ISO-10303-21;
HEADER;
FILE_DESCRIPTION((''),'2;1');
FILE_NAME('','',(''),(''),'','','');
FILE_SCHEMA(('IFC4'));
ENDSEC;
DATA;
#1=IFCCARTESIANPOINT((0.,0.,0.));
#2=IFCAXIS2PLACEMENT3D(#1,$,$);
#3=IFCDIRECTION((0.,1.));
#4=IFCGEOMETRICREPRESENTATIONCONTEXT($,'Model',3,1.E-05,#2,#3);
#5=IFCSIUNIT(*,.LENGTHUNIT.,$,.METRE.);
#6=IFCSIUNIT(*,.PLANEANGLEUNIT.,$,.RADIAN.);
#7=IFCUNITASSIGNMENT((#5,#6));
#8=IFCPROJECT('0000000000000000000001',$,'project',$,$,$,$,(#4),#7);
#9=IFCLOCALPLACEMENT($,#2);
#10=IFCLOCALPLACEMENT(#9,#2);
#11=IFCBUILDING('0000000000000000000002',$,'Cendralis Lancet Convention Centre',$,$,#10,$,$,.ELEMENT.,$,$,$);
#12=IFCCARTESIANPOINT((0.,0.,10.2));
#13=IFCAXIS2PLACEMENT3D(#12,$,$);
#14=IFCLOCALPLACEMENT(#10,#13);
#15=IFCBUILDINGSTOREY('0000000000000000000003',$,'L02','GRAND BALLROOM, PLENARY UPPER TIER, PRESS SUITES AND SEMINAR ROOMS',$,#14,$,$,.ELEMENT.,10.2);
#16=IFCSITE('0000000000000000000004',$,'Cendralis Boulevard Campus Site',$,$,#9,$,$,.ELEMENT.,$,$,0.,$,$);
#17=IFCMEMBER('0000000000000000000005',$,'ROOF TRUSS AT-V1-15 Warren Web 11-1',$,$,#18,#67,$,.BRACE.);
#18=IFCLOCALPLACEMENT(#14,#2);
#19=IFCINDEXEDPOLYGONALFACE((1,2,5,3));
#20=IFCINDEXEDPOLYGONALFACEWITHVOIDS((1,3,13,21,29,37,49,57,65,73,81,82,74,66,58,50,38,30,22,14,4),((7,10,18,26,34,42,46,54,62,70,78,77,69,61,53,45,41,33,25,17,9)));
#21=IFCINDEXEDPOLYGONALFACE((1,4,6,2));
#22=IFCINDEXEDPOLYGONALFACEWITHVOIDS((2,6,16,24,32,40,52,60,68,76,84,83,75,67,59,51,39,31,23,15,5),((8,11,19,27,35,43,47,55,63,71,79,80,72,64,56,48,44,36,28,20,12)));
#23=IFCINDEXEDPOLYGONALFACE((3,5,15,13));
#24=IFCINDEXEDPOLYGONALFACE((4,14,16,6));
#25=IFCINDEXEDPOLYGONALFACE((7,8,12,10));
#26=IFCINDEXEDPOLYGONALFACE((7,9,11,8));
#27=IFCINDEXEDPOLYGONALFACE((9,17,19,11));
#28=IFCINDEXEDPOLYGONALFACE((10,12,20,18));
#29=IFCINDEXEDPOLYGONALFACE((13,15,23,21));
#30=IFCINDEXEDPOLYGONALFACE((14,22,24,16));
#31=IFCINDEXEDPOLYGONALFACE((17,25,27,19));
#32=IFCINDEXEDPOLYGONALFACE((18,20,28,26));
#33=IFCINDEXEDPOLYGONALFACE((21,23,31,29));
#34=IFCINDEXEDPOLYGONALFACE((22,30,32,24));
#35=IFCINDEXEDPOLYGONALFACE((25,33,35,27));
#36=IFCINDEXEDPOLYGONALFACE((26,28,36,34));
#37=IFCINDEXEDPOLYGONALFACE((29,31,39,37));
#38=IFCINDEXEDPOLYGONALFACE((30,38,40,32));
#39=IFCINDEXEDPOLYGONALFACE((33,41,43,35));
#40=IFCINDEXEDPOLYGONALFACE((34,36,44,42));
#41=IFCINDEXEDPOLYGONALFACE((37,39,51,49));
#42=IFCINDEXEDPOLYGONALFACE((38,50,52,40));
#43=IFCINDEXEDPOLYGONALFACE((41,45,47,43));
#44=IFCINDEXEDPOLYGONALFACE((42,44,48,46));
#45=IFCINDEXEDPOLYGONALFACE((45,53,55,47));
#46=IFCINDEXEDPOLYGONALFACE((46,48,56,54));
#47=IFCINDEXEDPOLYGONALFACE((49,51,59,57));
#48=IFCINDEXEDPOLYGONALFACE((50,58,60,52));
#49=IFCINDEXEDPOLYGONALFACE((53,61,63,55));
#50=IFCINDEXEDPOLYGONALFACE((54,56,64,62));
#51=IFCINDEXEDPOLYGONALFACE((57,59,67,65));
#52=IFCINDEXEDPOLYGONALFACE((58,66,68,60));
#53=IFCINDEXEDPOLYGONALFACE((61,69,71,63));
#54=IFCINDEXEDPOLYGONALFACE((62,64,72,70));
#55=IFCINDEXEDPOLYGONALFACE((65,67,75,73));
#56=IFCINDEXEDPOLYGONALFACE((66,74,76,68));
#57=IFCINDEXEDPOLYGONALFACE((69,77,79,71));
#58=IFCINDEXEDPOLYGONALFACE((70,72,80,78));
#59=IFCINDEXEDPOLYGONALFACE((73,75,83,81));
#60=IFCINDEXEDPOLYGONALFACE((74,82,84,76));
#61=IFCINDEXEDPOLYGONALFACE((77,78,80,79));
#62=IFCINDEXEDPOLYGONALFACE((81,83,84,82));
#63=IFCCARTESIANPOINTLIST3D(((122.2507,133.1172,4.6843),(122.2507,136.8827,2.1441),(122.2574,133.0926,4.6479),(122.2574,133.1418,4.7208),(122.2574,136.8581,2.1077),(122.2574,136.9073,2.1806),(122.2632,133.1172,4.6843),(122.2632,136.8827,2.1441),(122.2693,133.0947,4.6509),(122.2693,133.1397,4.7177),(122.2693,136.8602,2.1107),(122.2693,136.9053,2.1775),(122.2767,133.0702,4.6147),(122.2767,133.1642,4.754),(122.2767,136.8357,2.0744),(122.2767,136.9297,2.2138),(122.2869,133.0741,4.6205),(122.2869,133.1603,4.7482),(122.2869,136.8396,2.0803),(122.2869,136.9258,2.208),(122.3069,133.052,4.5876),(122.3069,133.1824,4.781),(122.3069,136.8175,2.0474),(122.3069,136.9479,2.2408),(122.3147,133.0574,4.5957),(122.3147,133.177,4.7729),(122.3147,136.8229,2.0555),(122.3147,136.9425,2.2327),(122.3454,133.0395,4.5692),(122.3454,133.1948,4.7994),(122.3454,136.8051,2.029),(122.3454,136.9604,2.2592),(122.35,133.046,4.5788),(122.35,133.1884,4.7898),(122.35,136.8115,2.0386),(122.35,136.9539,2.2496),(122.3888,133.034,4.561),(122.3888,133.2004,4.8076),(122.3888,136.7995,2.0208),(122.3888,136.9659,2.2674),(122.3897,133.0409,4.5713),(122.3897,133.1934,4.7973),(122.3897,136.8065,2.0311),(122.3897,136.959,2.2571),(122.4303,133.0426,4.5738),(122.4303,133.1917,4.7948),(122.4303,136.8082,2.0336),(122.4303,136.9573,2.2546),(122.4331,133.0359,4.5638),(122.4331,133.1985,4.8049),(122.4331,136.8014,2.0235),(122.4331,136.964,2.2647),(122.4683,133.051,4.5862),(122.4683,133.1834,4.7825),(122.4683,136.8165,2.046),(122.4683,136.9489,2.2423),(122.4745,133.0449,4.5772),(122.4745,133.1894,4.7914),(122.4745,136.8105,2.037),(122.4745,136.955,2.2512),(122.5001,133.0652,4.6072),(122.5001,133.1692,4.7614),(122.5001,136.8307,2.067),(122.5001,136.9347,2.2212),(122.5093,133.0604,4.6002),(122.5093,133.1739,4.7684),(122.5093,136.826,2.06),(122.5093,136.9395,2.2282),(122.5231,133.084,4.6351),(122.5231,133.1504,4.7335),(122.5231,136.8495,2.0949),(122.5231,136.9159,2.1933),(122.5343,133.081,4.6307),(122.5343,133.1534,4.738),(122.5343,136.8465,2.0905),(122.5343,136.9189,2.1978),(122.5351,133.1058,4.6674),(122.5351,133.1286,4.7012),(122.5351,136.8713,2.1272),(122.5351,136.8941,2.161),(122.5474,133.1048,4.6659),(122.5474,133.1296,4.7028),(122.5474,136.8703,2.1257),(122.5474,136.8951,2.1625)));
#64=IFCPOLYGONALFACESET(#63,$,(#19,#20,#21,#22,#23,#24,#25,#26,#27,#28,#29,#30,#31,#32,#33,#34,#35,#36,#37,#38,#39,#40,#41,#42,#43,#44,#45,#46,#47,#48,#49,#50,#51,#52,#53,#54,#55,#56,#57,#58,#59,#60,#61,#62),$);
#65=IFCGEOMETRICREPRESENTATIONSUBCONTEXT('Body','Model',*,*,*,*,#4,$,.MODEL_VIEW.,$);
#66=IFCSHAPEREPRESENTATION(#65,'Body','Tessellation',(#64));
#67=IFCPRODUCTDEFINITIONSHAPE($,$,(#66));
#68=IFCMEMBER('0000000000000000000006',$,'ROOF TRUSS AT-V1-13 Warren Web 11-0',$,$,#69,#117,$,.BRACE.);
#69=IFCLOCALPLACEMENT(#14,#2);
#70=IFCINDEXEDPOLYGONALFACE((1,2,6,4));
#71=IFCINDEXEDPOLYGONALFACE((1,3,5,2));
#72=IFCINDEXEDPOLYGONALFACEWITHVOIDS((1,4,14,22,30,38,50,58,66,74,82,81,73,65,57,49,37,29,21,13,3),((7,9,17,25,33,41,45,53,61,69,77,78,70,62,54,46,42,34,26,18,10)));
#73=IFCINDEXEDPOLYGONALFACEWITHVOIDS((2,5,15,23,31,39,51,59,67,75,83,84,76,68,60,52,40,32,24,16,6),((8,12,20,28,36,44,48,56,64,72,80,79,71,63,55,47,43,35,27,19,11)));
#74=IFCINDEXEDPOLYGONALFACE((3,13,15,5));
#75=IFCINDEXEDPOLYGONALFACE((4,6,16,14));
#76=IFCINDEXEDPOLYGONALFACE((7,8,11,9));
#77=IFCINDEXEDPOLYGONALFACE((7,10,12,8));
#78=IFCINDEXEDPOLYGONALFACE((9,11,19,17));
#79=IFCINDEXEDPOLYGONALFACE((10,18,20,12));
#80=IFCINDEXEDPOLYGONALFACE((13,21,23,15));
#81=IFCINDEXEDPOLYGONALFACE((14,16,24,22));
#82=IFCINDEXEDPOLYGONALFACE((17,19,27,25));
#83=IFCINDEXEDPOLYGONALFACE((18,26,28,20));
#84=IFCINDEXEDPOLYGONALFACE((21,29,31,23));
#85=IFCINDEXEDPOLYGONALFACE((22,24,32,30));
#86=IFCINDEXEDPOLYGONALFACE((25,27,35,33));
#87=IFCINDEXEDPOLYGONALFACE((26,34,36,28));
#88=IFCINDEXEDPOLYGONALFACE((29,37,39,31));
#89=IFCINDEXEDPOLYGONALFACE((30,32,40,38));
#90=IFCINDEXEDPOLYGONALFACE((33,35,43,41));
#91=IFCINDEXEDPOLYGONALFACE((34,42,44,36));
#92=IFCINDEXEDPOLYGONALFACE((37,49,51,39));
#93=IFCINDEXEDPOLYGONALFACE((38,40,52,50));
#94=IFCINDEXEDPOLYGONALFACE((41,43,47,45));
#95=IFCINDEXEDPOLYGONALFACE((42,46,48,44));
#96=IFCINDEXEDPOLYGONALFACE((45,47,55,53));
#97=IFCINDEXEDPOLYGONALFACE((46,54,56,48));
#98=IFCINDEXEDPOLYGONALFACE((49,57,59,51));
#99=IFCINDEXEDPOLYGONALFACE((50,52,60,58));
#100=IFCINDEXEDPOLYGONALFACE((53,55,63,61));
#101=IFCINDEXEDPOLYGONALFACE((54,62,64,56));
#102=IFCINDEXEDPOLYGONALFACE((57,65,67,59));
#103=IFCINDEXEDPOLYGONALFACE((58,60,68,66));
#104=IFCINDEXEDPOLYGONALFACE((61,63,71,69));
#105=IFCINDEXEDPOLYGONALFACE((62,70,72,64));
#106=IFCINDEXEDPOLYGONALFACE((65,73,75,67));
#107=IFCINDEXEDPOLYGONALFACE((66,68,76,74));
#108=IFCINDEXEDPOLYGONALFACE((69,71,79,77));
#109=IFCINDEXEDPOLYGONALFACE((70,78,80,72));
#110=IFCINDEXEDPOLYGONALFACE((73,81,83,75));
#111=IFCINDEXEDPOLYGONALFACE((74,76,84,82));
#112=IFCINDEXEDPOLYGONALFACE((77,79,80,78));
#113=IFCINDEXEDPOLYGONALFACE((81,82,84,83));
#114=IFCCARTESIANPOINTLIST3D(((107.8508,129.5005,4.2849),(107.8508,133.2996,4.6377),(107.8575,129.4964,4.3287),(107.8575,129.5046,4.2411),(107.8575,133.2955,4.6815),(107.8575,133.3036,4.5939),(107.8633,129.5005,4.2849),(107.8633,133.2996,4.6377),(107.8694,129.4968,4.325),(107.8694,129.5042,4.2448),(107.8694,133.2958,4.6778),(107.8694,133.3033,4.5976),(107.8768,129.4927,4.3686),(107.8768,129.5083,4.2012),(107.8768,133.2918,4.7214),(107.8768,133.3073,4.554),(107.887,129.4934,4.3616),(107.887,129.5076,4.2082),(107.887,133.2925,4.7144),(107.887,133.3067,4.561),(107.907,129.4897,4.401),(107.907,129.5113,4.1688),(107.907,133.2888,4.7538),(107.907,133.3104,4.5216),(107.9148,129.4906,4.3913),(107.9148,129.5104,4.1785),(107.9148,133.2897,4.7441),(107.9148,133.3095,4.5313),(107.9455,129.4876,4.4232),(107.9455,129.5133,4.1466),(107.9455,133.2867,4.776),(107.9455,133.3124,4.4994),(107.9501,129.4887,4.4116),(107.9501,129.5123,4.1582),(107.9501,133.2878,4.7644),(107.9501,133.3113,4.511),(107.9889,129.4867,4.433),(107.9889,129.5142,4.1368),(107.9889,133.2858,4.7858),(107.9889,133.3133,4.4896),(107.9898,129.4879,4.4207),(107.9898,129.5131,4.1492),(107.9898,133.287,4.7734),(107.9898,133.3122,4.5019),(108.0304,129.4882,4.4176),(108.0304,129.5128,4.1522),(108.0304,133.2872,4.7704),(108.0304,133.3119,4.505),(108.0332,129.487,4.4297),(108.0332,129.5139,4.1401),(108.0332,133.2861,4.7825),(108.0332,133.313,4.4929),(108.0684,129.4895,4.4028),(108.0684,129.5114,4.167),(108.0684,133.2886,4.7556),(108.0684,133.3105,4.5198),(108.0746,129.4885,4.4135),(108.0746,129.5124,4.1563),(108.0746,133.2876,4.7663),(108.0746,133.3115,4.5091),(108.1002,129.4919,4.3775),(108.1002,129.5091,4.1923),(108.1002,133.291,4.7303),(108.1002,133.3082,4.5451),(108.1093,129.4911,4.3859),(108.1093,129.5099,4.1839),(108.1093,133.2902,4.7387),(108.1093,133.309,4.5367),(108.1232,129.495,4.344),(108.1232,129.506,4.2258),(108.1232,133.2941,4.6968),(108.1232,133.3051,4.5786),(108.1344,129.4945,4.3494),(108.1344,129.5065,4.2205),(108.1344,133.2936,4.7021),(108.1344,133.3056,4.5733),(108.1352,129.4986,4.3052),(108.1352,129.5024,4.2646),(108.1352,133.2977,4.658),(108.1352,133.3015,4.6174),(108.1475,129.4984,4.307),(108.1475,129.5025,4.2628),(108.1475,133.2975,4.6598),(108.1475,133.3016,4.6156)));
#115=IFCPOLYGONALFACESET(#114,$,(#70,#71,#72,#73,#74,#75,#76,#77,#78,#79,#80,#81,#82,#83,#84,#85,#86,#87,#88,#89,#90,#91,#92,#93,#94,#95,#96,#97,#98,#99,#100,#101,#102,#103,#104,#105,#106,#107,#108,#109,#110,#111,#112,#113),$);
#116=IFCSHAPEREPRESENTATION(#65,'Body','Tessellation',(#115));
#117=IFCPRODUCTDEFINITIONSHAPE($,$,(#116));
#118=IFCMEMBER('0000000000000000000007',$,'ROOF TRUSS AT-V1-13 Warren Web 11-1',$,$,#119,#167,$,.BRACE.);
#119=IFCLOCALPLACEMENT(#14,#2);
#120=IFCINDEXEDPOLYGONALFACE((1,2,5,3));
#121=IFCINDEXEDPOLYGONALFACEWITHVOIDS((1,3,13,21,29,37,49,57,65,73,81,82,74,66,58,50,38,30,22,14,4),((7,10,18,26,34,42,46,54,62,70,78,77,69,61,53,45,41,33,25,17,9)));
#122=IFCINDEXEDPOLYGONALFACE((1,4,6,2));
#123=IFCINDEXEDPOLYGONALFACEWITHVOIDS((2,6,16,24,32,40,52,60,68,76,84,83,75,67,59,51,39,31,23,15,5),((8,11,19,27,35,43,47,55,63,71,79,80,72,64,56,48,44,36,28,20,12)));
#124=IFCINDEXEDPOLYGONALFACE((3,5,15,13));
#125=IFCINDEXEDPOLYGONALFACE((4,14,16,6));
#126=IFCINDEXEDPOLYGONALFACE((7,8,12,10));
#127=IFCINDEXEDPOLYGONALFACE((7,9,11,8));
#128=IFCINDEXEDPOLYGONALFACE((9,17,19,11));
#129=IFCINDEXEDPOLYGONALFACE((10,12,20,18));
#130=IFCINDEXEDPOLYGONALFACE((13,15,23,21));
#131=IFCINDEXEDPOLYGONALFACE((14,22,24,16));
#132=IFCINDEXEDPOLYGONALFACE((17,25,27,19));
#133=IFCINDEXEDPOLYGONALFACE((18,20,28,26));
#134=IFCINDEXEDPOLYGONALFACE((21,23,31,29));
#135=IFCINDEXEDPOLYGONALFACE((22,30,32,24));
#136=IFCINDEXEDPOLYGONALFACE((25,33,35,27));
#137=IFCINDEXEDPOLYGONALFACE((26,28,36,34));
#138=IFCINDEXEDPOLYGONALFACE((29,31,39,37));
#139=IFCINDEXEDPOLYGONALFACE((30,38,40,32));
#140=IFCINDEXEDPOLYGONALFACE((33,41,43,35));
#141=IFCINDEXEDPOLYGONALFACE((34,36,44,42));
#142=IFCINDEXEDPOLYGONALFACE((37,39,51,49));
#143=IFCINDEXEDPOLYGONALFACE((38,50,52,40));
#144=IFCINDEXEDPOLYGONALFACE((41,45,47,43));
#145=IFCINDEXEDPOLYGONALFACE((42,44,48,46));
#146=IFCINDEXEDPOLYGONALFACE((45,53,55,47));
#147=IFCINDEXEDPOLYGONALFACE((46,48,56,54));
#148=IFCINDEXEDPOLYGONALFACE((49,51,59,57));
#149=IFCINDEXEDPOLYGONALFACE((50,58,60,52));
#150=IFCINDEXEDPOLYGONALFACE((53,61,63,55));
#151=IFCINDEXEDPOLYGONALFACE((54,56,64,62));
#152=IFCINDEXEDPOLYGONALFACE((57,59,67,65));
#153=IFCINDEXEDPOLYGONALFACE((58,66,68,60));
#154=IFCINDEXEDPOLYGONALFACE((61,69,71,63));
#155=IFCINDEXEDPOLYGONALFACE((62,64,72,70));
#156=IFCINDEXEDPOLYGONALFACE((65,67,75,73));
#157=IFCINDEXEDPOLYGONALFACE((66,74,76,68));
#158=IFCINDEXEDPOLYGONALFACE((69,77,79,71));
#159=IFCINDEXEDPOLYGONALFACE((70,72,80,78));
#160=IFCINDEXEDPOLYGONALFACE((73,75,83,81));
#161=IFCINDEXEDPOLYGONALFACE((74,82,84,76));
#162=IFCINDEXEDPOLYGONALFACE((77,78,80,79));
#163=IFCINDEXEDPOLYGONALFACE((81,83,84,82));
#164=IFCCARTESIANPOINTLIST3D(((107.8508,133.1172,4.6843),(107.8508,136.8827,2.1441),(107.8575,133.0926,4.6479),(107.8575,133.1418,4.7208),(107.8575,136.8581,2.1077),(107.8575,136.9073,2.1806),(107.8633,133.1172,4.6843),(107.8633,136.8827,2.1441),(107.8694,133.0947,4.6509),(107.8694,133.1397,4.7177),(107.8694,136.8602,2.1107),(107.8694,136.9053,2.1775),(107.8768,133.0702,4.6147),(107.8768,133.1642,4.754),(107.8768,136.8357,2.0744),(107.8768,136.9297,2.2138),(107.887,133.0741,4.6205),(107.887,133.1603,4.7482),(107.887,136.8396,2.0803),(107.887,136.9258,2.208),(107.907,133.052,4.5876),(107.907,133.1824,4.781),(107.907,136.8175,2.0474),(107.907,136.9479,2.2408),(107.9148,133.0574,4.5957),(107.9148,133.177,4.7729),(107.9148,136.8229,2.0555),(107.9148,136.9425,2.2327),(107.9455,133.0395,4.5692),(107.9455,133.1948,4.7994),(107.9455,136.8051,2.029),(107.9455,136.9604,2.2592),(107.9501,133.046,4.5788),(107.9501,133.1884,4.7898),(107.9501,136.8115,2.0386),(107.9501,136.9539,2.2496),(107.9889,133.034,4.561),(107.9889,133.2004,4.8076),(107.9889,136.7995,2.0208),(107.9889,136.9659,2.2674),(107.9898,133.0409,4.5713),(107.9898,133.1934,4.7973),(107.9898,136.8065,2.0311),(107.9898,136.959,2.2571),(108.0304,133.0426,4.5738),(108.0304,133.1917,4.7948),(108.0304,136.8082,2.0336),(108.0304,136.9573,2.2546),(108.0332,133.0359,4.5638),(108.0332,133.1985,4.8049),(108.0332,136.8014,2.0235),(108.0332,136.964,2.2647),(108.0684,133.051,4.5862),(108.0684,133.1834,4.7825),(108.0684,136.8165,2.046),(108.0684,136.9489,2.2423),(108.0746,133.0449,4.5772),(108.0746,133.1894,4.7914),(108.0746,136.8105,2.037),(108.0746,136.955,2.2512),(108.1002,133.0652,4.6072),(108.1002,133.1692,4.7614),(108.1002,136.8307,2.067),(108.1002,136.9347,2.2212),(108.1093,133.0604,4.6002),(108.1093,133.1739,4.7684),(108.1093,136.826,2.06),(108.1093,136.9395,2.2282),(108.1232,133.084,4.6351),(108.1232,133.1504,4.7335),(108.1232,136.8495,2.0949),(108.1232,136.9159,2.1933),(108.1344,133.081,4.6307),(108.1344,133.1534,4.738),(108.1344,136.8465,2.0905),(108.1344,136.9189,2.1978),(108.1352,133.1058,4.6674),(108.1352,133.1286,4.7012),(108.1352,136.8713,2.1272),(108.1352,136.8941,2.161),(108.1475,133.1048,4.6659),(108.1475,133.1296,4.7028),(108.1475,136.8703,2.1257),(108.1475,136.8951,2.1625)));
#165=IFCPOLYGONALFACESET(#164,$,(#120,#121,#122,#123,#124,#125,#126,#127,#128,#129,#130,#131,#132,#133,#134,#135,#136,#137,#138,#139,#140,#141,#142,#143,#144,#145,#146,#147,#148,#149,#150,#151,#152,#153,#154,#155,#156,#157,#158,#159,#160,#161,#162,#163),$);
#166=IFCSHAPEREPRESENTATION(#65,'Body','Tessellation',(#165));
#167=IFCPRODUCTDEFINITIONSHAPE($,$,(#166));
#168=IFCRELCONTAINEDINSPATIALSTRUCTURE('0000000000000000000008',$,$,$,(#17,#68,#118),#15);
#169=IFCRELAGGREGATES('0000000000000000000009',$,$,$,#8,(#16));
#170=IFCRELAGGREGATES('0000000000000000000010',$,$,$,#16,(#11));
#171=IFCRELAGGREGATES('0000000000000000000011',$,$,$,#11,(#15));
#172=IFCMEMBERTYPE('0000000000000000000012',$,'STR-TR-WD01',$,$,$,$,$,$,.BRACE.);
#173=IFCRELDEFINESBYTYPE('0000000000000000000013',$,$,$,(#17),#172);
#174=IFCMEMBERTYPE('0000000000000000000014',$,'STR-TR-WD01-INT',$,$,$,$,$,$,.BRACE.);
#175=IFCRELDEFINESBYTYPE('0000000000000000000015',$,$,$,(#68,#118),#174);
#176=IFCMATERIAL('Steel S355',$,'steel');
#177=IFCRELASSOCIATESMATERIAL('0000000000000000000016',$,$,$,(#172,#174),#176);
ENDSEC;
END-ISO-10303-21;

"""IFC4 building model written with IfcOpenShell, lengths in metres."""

from ifc_helpers import new_model, si_unit, direction, frame, origin, origin_2d, place, context, subcontext, project, spatial, hollow_circle, extrude, material, material_profile, profile_set, type_object, element, save


model = new_model("IFC4")

# Units and contexts
model_context = context("Model", 3, precision=1e-05, world=origin(), true_north=direction((0.0, 1.0)))
body_context = subcontext(model_context, "Body", "Model", "MODEL_VIEW")
ifc_project = project(units=[si_unit("LENGTHUNIT", "METRE"), si_unit("PLANEANGLEUNIT", "RADIAN")], contexts=[model_context])

# Site, building, storey
site_placement = place(None, origin())
site = spatial("IfcSite", under=ifc_project, at=site_placement, Name="Cendralis Boulevard Campus Site", CompositionType="ELEMENT", RefElevation=0.0)
building_placement = place(site_placement, origin())
building = spatial("IfcBuilding", under=site, at=building_placement, Name="Cendralis Lancet Convention Centre", CompositionType="ELEMENT")
storey_placement = place(building_placement, frame((0.0, 0.0, 10.2)))
storey = spatial("IfcBuildingStorey", under=building, at=storey_placement, Name="L02", Description="GRAND BALLROOM, PLENARY UPPER TIER, PRESS SUITES AND SEMINAR ROOMS", CompositionType="ELEMENT", Elevation=10.2)

# Members
ifc_material_1 = material(Name="Steel S355", Category="steel")
ifc_material_profile_1 = material_profile(ifc_material_1, hollow_circle(Radius=0.1492, WallThickness=0.0125, at=origin_2d()), Name="CHS 298.5x12.5")
ifc_profile_set_1 = profile_set([ifc_material_profile_1], Name="Steel S355")
member_type_1 = type_object("IfcMemberType", Name="STR-TR-WD01", PredefinedType="BRACE", material=ifc_profile_set_1)
member_1_placement = place(storey_placement, frame((122.3999, 133.1172, 4.6843), z_axis=(0.0, 0.829003, -0.559244), x_axis=(-1.0, 0.0, 0.0)))
element("IfcMember", 1, at=member_1_placement, inside=storey, type_object=member_type_1, Name="ROOF TRUSS AT-V1-15 Warren Web 11-1", PredefinedType="BRACE", context=body_context, shape_type="SweptSolid", body=[
    extrude(hollow_circle(Radius=0.1492, WallThickness=0.0125, at=origin_2d()), origin(), (0.0, 0.0, 1.0), 4.5422),
])
ifc_material_profile_2 = material_profile(ifc_material_1, hollow_circle(Radius=0.1492, WallThickness=0.0125, at=origin_2d()), Name="CHS 298.5x12.5")
ifc_profile_set_2 = profile_set([ifc_material_profile_2], Name="Steel S355")
member_type_2 = type_object("IfcMemberType", Name="STR-TR-WD01-INT", PredefinedType="BRACE", material=ifc_profile_set_2)
member_2_placement = place(storey_placement, frame((108.0, 129.5005, 4.2849), z_axis=(0.0, 0.995716, 0.092463), x_axis=(-1.0, 0.0, 0.0)))
element("IfcMember", 2, at=member_2_placement, inside=storey, type_object=member_type_2, Name="ROOF TRUSS AT-V1-13 Warren Web 11-0", PredefinedType="BRACE", context=body_context, shape_type="SweptSolid", body=[
    extrude(hollow_circle(Radius=0.1492, WallThickness=0.0125, at=origin_2d()), origin(), (0.0, 0.0, 1.0), 3.8154),
])
member_3_placement = place(storey_placement, frame((108.0, 133.1172, 4.6843), z_axis=(0.0, 0.829003, -0.559244), x_axis=(-1.0, 0.0, 0.0)))
element("IfcMember", 3, at=member_3_placement, inside=storey, type_object=member_type_2, Name="ROOF TRUSS AT-V1-13 Warren Web 11-1", PredefinedType="BRACE", context=body_context, shape_type="SweptSolid", body=[
    extrude(hollow_circle(Radius=0.1492, WallThickness=0.0125, at=origin_2d()), origin(), (0.0, 0.0, 1.0), 4.5422),
])

save(model, "model.ifc")
